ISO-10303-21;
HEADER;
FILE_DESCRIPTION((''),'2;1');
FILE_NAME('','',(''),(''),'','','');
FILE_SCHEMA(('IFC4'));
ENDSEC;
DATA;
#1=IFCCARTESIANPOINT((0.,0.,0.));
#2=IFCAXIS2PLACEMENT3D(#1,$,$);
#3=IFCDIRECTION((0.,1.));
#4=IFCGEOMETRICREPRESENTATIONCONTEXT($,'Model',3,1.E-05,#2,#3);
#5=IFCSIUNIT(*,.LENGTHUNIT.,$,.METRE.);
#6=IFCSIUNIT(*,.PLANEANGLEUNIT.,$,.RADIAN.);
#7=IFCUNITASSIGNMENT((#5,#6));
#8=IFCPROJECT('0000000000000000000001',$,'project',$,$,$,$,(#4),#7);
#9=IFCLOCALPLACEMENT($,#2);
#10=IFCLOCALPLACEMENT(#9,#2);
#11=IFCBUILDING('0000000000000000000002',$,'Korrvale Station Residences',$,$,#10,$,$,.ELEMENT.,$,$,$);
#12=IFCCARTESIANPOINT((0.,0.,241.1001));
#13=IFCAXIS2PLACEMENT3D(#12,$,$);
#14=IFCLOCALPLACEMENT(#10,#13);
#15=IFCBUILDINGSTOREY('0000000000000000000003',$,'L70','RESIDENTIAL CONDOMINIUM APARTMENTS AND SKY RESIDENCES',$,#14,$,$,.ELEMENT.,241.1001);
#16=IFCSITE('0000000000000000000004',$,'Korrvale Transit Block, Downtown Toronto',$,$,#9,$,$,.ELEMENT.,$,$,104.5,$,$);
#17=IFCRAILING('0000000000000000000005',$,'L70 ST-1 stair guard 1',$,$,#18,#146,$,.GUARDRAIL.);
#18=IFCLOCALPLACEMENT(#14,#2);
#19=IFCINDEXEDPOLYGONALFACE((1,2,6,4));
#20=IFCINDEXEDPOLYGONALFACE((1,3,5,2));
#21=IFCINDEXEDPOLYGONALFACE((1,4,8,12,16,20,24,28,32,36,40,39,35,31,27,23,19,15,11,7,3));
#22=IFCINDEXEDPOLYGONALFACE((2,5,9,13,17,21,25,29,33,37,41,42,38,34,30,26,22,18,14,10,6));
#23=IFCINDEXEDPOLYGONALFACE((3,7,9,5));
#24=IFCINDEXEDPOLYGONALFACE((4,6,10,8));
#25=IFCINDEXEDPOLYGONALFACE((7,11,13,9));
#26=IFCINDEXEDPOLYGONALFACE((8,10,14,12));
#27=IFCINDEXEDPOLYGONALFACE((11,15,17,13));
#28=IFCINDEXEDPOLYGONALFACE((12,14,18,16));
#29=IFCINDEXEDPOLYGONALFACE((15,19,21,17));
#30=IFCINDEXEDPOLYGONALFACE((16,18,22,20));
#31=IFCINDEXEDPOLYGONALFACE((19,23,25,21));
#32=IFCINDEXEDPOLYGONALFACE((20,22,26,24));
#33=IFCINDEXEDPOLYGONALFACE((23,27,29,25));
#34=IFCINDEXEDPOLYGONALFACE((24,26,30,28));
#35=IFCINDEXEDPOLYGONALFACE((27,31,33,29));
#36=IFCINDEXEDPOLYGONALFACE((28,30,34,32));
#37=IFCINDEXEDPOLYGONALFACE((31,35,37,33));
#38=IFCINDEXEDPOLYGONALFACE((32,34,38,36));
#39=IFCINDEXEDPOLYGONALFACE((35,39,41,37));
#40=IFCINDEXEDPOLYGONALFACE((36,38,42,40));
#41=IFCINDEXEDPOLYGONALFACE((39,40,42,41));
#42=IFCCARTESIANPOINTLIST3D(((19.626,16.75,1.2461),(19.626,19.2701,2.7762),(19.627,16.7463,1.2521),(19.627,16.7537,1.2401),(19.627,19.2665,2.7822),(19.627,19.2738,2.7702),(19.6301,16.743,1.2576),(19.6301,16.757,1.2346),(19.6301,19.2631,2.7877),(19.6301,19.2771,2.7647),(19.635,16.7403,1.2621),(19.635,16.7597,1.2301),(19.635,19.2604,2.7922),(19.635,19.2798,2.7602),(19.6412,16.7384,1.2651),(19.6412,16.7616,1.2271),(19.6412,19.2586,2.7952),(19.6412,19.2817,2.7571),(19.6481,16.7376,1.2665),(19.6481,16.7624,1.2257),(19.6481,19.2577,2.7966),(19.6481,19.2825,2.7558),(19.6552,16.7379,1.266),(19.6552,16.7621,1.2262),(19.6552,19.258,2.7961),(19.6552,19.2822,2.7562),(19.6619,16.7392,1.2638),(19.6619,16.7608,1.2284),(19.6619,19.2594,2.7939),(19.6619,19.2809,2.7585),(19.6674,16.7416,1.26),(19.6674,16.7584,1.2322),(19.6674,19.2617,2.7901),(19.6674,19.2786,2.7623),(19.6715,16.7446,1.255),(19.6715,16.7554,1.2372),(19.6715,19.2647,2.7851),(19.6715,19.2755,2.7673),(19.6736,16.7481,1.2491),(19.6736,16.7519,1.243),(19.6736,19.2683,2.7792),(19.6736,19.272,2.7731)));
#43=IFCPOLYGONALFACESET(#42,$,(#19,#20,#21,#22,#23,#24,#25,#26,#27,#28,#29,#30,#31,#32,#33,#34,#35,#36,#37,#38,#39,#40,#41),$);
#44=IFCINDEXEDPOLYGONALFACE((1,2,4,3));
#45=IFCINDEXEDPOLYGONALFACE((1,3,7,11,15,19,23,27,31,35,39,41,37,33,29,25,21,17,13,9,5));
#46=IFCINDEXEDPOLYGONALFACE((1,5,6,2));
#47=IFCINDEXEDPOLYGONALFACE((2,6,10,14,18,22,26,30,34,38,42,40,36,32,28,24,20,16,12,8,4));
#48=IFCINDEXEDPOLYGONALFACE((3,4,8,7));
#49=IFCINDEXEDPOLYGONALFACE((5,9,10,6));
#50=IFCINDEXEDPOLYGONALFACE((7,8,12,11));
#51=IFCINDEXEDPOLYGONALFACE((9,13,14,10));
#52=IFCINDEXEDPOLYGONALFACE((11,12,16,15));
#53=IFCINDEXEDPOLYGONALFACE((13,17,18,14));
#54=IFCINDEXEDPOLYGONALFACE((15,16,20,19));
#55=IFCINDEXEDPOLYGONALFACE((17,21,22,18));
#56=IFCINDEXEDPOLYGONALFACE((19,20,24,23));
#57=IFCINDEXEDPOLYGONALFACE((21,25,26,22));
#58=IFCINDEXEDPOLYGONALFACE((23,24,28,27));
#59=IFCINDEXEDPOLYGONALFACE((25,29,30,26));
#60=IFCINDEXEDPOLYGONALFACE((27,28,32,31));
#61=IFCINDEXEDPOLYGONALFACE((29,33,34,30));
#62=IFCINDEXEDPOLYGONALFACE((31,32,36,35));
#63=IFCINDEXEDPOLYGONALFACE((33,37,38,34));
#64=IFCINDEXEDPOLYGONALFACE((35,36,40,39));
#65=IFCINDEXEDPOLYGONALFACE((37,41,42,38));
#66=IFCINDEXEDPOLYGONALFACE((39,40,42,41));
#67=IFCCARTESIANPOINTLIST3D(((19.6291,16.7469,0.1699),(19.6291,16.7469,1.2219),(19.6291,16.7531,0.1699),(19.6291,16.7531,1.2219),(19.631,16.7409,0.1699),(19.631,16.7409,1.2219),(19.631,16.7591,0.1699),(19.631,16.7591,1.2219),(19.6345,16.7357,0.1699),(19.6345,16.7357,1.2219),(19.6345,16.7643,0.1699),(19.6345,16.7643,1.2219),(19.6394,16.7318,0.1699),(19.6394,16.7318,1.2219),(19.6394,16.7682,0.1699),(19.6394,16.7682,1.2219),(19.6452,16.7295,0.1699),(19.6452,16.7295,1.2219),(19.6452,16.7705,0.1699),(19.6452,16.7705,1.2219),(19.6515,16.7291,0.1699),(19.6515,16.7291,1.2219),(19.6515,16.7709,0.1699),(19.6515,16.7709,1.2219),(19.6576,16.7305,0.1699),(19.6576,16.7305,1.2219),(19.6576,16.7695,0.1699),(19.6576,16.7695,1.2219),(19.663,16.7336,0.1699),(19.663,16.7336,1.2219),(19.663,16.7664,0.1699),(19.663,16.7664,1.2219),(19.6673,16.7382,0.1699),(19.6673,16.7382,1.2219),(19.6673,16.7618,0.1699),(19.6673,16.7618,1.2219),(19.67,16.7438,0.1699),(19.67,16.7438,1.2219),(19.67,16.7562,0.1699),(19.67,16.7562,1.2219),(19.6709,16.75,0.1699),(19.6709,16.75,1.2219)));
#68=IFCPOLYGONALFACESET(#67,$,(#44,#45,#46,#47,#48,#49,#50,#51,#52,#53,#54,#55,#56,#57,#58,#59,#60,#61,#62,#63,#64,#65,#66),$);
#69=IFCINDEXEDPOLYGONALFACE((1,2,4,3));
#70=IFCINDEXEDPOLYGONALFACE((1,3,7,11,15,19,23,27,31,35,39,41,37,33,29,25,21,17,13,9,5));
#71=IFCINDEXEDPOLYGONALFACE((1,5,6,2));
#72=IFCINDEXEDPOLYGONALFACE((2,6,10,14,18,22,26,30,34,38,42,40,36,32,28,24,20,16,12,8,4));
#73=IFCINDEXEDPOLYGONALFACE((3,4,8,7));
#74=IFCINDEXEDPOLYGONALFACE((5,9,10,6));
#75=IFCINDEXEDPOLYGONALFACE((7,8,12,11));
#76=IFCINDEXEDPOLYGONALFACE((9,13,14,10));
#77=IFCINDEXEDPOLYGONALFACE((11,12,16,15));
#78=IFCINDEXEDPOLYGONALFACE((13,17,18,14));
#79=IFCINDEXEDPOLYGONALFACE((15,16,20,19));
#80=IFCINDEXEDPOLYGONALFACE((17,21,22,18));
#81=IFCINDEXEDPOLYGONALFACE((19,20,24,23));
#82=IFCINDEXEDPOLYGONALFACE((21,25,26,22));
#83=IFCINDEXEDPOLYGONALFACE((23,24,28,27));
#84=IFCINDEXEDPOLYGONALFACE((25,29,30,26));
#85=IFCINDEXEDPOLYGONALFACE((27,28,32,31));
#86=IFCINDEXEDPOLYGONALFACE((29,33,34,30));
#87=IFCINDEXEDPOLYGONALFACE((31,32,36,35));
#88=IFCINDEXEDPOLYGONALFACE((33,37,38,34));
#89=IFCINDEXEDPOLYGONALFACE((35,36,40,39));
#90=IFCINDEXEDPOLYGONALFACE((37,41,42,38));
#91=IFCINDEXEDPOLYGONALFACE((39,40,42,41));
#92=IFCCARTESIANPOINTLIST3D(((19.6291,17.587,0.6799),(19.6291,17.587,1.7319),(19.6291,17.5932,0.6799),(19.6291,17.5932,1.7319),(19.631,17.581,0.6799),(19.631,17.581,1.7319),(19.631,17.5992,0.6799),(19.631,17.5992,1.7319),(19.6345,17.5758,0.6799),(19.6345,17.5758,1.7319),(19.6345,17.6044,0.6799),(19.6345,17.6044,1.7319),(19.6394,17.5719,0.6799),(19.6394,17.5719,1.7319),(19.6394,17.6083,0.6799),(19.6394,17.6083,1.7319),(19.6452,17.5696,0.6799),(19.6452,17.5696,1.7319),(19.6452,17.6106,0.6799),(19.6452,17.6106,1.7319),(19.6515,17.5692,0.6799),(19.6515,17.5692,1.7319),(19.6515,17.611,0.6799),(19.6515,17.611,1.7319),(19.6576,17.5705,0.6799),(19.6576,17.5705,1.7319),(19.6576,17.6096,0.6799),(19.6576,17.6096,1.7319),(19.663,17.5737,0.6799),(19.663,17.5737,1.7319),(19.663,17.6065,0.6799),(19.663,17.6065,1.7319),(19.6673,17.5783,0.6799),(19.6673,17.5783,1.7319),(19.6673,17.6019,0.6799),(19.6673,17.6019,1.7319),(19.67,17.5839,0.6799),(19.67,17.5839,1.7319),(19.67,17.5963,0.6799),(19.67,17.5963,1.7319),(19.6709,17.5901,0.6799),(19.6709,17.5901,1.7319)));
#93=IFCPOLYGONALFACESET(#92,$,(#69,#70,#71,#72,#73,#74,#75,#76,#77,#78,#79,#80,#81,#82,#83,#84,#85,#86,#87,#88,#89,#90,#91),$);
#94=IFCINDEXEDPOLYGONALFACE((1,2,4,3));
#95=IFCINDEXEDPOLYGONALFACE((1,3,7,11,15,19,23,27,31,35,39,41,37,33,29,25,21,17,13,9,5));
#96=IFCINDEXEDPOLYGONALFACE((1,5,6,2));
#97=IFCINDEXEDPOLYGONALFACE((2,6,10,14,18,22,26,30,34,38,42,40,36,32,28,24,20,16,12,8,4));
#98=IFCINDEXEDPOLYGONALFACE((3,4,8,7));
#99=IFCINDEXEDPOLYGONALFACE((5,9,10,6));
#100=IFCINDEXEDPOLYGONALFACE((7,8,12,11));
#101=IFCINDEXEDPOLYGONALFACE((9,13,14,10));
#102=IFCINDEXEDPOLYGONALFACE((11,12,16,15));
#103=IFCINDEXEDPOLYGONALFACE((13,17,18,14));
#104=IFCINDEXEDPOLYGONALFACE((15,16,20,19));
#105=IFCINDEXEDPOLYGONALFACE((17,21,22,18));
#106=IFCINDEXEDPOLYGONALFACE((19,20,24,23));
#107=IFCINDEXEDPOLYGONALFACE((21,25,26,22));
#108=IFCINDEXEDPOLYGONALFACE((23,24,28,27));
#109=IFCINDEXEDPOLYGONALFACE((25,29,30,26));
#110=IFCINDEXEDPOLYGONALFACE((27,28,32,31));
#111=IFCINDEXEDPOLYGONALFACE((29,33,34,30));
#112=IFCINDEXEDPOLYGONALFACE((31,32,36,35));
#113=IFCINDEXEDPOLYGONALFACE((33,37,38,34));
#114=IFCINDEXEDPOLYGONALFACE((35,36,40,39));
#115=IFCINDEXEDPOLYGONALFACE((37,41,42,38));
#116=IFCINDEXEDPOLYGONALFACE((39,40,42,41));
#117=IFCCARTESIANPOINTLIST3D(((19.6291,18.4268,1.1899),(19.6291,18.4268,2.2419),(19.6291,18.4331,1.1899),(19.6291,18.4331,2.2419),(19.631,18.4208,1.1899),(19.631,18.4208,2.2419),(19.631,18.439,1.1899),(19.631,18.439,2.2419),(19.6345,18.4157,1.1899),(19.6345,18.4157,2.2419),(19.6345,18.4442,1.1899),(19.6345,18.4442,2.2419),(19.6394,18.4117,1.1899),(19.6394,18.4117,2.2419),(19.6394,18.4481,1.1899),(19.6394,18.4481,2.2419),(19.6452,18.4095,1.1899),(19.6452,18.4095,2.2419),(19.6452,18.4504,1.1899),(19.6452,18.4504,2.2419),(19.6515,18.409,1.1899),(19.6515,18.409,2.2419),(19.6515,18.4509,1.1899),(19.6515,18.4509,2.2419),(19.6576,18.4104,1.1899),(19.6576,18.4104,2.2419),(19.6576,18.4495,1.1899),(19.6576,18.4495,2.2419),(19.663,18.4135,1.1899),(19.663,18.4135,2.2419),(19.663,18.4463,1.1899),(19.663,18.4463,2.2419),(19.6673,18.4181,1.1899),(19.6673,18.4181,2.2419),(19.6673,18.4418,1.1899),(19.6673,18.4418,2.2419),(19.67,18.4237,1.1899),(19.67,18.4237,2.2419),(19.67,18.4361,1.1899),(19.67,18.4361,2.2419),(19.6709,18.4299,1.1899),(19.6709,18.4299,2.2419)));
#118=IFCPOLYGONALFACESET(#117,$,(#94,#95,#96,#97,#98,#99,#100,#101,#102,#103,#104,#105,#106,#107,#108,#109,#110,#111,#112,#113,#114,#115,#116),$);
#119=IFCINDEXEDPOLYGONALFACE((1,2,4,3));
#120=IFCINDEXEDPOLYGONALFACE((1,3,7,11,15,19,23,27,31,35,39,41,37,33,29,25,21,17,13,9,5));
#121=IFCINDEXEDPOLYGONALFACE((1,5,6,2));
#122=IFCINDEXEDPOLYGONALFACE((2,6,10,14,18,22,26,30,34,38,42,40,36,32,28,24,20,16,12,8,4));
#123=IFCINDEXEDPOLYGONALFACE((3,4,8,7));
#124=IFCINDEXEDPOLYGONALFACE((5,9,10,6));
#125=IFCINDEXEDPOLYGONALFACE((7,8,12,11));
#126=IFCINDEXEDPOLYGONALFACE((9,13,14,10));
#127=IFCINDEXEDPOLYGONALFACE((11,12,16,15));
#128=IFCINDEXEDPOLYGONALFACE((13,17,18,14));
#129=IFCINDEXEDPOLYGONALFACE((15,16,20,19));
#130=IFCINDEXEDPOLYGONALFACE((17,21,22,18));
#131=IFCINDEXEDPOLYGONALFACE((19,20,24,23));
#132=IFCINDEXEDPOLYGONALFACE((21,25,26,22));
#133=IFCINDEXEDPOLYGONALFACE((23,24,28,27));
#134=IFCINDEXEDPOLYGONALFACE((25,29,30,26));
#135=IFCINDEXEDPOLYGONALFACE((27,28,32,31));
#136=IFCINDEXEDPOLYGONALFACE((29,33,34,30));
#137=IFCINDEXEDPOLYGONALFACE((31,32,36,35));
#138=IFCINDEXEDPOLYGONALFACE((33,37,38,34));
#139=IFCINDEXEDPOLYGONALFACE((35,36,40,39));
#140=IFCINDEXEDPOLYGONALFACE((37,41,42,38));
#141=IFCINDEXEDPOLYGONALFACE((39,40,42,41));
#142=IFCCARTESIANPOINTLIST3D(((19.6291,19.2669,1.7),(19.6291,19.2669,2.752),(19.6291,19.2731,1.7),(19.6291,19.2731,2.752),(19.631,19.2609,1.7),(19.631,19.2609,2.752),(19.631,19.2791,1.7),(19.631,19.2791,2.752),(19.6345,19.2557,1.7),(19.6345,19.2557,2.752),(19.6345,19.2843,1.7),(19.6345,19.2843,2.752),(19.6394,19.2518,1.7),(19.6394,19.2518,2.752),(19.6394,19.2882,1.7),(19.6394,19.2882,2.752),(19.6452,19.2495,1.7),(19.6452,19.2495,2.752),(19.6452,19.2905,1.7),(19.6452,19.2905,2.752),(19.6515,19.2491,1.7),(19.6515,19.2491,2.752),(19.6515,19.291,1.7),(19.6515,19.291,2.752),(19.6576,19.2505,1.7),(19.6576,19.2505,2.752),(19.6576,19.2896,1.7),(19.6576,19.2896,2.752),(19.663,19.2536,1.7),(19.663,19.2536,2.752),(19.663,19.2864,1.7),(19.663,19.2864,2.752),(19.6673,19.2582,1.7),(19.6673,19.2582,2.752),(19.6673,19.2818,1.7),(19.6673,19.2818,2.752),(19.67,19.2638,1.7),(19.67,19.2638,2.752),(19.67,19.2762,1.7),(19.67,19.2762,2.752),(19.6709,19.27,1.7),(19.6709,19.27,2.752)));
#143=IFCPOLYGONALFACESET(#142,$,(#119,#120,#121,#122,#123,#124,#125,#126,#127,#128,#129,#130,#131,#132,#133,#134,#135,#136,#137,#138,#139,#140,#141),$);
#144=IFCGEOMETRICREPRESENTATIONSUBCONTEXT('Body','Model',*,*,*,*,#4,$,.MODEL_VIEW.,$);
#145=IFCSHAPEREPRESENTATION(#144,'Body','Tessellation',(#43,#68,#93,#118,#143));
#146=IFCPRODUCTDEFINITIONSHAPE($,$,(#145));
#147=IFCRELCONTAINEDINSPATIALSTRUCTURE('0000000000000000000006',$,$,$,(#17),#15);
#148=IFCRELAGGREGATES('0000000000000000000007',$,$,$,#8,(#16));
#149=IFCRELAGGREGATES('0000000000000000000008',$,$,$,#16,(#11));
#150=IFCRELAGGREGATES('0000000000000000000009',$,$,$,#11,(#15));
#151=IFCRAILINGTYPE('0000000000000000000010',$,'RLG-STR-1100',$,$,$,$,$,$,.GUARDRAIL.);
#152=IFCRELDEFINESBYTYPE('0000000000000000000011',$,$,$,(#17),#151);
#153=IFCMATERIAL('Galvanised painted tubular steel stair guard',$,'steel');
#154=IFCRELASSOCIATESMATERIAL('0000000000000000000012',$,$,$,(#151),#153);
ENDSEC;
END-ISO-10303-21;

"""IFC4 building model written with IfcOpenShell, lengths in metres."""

from ifc_helpers import new_model, si_unit, direction, frame, origin, origin_2d, place, context, subcontext, project, spatial, circle, extrude, material, type_object, element, save


model = new_model("IFC4")

# Units and contexts
model_context = context("Model", 3, precision=1e-05, world=origin(), true_north=direction((0.0, 1.0)))
body_context = subcontext(model_context, "Body", "Model", "MODEL_VIEW")
ifc_project = project(units=[si_unit("LENGTHUNIT", "METRE"), si_unit("PLANEANGLEUNIT", "RADIAN")], contexts=[model_context])

# Site, building, storey
site_placement = place(None, origin())
site = spatial("IfcSite", under=ifc_project, at=site_placement, Name="Korrvale Transit Block, Downtown Toronto", CompositionType="ELEMENT", RefElevation=104.5)
building_placement = place(site_placement, origin())
building = spatial("IfcBuilding", under=site, at=building_placement, Name="Korrvale Station Residences", CompositionType="ELEMENT")
storey_placement = place(building_placement, frame((0.0, 0.0, 241.1001)))
storey = spatial("IfcBuildingStorey", under=building, at=storey_placement, Name="L70", Description="RESIDENTIAL CONDOMINIUM APARTMENTS AND SKY RESIDENCES", CompositionType="ELEMENT", Elevation=241.1001)

# Railing
ifc_material_1 = material(Name="Galvanised painted tubular steel stair guard", Category="steel")
railing_type_1 = type_object("IfcRailingType", Name="RLG-STR-1100", PredefinedType="GUARDRAIL", material=ifc_material_1)
railing_1_placement = place(storey_placement, frame((19.6499, 16.75, 0.1699)))
element("IfcRailing", 1, at=railing_1_placement, inside=storey, type_object=railing_type_1, Name="L70 ST-1 stair guard 1", PredefinedType="GUARDRAIL", context=body_context, shape_type="SweptSolid", body=[
    extrude(circle(Radius=0.0239, at=origin_2d()), frame((0.0, 0.0, 1.0762), z_axis=(0.0, 0.854785, 0.518982), x_axis=(-1.0, 0.0, 0.0)), (0.0, 0.0, 1.0), 2.9482),
    extrude(circle(Radius=0.021, at=origin_2d()), origin(), (0.0, 0.0, 1.0), 1.052),
    extrude(circle(Radius=0.021, at=origin_2d()), frame((0.0, 0.8401, 0.51)), (0.0, 0.0, 1.0), 1.052),
    extrude(circle(Radius=0.021, at=origin_2d()), frame((0.0, 1.6799, 1.02)), (0.0, 0.0, 1.0), 1.052),
    extrude(circle(Radius=0.021, at=origin_2d()), frame((0.0, 2.52, 1.53)), (0.0, 0.0, 1.0), 1.052),
])

save(model, "model.ifc")
